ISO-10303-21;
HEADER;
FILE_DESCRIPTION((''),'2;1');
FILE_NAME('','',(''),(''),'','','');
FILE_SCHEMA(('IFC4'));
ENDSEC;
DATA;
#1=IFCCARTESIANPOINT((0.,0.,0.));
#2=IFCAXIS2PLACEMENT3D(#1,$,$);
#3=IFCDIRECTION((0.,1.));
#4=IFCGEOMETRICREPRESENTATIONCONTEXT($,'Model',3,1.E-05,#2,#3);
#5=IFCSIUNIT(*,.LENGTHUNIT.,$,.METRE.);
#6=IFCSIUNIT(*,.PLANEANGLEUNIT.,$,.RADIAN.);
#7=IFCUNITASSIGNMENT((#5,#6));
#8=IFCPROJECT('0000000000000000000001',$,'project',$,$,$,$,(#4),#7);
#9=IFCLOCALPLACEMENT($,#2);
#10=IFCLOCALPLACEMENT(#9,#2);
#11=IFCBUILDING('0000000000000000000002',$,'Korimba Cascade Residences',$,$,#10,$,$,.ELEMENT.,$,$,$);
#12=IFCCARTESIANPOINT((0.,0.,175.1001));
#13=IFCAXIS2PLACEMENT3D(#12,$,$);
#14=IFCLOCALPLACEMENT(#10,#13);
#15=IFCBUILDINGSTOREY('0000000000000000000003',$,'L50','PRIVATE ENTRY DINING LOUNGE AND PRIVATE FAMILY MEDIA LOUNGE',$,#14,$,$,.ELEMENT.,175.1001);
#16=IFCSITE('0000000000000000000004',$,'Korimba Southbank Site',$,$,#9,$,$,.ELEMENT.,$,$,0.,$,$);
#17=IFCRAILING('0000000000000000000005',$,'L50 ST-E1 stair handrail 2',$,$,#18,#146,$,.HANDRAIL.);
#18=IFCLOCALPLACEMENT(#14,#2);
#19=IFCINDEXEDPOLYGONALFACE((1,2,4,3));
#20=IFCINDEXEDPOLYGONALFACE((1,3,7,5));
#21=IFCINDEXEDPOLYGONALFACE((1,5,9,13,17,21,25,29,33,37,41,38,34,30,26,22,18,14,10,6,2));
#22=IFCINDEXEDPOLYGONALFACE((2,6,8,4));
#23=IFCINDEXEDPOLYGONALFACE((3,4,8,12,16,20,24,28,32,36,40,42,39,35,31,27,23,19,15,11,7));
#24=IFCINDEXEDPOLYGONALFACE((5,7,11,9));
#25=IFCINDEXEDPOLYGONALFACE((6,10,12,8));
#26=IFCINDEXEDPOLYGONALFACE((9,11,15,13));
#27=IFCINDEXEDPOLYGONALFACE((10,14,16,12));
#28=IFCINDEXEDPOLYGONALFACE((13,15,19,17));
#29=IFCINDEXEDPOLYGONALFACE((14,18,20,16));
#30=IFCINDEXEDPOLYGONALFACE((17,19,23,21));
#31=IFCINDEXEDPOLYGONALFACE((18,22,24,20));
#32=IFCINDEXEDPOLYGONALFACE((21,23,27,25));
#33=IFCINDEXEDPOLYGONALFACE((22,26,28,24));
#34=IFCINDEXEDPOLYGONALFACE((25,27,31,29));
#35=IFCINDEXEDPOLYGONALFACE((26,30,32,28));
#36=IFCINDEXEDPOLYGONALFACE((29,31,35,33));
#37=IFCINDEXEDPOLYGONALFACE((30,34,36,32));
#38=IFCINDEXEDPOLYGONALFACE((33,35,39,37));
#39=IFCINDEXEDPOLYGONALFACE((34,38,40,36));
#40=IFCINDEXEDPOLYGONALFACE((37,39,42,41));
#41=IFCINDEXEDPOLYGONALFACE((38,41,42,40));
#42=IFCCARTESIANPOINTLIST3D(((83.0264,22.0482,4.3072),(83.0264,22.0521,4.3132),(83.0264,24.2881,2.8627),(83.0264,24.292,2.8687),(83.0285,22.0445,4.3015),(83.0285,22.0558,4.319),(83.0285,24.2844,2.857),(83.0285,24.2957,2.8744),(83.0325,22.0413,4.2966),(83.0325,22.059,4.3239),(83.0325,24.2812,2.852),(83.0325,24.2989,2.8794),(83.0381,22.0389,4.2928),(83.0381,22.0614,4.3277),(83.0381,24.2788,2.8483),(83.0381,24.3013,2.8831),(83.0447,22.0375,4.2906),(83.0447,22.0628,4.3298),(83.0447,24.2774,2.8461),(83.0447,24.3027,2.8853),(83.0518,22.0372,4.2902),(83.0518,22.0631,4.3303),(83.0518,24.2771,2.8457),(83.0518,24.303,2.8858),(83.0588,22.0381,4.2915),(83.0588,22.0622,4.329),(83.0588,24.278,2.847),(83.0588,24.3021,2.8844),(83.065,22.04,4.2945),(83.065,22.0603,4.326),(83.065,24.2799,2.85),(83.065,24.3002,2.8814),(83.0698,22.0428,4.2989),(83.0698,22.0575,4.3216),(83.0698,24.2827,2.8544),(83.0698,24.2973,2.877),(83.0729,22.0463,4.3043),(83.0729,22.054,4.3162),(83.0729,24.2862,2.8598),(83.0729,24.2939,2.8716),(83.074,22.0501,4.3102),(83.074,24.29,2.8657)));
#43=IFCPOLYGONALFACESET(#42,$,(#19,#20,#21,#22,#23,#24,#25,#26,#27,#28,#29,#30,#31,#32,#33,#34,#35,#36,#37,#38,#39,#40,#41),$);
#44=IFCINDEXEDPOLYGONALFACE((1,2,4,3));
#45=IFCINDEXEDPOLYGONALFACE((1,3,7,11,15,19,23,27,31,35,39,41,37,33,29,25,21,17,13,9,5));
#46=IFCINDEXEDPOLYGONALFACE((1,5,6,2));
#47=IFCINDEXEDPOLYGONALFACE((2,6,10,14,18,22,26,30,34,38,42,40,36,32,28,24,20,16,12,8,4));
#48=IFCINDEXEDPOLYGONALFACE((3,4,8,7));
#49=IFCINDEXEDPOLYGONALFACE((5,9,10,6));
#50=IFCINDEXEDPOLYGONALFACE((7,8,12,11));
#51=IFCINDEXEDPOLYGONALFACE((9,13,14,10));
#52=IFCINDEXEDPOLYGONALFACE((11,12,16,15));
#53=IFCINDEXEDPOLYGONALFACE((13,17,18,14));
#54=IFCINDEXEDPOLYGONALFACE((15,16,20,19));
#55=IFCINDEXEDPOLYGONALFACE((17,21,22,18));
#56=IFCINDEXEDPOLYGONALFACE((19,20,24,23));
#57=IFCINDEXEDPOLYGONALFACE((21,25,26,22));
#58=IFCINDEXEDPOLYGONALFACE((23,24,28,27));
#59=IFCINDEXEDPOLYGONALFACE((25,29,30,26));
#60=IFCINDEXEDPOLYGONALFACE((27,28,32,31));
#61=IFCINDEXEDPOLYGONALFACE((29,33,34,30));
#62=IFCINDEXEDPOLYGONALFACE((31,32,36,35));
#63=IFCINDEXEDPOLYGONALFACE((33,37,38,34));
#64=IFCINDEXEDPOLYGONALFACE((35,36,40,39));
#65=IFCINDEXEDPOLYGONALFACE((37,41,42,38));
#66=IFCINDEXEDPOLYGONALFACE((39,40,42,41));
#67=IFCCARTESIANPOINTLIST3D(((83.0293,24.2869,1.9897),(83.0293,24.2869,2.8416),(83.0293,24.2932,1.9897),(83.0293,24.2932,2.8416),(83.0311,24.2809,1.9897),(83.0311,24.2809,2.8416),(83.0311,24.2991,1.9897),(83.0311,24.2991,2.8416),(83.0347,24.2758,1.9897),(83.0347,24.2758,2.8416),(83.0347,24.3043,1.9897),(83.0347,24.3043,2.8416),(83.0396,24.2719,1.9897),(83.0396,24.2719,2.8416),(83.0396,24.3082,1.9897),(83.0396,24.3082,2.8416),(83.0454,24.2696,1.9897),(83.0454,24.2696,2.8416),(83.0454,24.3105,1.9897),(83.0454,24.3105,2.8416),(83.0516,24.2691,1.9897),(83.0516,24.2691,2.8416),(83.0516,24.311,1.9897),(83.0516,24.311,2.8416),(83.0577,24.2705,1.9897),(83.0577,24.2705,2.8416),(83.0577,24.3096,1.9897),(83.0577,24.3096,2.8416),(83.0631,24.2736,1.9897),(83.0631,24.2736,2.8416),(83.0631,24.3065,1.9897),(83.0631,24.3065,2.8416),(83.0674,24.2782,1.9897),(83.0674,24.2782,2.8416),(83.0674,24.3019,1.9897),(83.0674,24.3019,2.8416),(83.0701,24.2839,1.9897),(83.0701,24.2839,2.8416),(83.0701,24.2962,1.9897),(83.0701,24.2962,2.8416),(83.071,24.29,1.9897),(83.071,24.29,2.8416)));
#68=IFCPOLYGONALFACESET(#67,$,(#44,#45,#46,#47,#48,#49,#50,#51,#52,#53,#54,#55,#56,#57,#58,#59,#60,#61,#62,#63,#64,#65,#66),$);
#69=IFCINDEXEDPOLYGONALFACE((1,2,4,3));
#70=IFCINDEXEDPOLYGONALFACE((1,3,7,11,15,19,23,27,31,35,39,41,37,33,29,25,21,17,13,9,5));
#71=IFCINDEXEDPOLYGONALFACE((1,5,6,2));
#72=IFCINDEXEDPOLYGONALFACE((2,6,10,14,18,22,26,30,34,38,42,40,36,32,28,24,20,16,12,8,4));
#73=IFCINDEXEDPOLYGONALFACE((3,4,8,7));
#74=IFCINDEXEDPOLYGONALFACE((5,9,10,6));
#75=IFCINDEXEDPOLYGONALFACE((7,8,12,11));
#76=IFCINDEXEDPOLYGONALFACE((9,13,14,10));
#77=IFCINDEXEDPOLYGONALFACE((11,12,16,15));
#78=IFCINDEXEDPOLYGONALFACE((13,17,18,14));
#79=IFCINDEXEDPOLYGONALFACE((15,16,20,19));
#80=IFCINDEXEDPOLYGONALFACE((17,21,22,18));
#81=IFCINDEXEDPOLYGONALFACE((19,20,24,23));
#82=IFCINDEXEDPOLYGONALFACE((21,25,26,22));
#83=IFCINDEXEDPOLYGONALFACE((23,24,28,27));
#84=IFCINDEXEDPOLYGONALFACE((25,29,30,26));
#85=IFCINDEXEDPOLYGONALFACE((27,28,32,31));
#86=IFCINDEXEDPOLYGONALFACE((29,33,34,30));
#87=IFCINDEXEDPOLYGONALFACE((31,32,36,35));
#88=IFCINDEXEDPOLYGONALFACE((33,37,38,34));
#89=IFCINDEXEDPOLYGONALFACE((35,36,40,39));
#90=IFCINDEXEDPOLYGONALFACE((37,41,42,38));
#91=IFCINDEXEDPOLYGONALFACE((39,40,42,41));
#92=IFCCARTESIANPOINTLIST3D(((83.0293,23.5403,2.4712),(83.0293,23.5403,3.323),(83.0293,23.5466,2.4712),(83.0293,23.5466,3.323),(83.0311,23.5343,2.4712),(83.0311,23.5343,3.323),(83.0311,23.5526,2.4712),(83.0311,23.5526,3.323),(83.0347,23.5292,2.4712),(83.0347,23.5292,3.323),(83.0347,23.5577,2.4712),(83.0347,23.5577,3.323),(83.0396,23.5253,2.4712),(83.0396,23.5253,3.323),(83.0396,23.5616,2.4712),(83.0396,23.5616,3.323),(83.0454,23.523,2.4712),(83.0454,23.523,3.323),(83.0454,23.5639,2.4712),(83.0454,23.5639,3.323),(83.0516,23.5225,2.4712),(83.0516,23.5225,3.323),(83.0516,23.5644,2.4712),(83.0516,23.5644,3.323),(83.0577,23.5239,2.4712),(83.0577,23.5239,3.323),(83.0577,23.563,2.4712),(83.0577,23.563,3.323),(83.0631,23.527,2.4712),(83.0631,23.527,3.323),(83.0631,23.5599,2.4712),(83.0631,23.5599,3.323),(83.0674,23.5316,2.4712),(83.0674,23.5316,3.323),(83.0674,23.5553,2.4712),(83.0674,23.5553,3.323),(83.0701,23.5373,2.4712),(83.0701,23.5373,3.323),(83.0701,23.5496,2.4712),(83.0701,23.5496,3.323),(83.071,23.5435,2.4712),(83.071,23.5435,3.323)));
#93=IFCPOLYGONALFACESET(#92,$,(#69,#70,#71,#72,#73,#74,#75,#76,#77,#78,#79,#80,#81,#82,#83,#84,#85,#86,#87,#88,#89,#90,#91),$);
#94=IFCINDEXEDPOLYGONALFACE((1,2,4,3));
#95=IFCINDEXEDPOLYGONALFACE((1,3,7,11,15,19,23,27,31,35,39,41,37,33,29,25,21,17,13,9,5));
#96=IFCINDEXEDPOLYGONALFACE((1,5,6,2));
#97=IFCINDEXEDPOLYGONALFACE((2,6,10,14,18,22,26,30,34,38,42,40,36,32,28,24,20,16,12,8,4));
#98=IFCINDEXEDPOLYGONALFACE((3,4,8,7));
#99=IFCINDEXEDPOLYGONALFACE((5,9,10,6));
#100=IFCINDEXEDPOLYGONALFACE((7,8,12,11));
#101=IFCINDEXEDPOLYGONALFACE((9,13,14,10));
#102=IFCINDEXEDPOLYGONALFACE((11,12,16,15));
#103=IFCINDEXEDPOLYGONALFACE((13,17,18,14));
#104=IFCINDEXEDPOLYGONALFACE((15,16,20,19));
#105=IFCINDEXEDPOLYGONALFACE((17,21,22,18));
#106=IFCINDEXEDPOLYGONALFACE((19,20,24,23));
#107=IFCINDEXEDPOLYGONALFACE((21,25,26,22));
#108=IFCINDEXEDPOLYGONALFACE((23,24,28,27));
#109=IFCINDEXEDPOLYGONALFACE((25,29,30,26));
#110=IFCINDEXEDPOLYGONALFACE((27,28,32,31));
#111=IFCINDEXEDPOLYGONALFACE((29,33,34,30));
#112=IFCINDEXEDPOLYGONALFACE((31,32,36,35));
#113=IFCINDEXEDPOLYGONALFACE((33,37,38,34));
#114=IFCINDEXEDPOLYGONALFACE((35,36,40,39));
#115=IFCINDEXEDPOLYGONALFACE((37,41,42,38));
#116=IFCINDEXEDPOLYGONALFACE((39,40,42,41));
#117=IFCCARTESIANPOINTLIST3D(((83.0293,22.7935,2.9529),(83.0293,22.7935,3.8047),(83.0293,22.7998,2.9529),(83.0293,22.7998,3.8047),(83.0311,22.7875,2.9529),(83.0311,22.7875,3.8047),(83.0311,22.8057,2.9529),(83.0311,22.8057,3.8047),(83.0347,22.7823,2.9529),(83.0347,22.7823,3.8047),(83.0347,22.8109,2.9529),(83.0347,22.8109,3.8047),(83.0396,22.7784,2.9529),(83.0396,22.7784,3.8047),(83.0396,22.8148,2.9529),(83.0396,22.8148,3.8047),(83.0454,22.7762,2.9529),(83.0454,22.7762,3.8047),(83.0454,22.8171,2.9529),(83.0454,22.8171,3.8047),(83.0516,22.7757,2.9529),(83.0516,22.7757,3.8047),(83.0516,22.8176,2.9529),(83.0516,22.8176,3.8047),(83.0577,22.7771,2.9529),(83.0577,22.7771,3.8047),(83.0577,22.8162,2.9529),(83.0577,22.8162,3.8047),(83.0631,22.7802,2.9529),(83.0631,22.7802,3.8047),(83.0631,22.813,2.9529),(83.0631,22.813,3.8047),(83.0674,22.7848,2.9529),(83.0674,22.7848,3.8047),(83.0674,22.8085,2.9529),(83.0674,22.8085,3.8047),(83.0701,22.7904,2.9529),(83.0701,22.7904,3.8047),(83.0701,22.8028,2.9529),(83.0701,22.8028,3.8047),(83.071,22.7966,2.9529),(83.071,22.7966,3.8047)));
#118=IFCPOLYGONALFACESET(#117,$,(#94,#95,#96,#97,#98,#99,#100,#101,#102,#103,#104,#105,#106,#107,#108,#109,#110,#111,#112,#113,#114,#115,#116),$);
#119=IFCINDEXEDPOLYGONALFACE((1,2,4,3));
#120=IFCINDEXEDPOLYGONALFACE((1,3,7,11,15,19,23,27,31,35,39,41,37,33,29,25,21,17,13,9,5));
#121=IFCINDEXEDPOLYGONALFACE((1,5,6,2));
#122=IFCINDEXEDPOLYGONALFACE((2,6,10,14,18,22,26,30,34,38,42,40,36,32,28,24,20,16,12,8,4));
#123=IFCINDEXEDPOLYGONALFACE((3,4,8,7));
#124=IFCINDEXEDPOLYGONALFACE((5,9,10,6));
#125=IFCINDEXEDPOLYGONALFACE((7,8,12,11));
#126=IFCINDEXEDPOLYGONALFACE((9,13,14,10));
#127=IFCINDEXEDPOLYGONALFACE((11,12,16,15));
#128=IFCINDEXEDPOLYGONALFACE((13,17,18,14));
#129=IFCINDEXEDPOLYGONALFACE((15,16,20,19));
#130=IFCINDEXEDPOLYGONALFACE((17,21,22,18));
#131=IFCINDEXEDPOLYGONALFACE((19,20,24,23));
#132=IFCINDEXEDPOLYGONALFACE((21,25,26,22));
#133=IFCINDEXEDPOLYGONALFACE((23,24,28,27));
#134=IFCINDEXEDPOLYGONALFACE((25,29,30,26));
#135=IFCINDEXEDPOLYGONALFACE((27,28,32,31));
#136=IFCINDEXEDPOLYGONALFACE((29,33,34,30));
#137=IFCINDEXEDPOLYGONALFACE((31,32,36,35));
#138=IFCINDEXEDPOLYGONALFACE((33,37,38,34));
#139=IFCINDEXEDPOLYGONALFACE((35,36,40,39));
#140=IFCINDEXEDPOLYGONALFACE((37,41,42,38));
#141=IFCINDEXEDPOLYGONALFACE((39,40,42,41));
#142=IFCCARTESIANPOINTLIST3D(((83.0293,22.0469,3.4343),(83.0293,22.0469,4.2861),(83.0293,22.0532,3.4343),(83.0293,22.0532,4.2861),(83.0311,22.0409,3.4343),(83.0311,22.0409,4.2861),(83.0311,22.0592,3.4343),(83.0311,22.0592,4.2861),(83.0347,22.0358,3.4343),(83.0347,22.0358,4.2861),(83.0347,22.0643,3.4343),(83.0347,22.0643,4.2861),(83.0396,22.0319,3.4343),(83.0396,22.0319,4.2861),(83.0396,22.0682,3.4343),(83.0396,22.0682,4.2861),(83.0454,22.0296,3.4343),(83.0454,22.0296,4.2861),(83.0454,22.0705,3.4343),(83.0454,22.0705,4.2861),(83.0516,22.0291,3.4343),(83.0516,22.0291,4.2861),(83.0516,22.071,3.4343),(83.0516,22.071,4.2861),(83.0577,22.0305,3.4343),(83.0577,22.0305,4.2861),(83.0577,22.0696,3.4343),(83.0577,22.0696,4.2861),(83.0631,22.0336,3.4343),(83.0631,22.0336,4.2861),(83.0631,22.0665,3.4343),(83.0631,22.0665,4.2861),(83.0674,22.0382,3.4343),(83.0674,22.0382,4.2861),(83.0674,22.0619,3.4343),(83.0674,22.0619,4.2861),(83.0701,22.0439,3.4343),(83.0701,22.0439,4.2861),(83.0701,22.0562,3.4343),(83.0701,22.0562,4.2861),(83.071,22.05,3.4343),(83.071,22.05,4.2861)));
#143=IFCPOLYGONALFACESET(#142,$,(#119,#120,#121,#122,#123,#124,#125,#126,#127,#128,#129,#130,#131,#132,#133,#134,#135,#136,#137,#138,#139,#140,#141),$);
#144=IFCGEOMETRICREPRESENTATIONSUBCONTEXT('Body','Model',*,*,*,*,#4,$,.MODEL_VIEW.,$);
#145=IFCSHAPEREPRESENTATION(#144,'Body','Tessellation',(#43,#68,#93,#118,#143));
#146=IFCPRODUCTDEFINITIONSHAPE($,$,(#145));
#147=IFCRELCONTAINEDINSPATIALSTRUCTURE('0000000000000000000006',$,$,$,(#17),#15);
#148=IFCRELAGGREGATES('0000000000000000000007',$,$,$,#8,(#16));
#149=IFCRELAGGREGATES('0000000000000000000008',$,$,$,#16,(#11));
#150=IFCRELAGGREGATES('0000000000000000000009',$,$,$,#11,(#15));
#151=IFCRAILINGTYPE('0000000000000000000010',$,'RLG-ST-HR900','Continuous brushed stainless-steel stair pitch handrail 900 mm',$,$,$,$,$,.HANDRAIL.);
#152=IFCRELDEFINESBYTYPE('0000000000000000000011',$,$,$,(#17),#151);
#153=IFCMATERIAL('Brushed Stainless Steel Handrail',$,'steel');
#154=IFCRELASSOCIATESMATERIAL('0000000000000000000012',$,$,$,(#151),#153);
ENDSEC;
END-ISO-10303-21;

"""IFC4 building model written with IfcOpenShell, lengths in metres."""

from ifc_helpers import new_model, si_unit, direction, frame, origin, origin_2d, place, context, subcontext, project, spatial, circle, extrude, material, type_object, element, save


model = new_model("IFC4")

# Units and contexts
model_context = context("Model", 3, precision=1e-05, world=origin(), true_north=direction((0.0, 1.0)))
body_context = subcontext(model_context, "Body", "Model", "MODEL_VIEW")
ifc_project = project(units=[si_unit("LENGTHUNIT", "METRE"), si_unit("PLANEANGLEUNIT", "RADIAN")], contexts=[model_context])

# Site, building, storey
site_placement = place(None, origin())
site = spatial("IfcSite", under=ifc_project, at=site_placement, Name="Korimba Southbank Site", CompositionType="ELEMENT", RefElevation=0.0)
building_placement = place(site_placement, origin())
building = spatial("IfcBuilding", under=site, at=building_placement, Name="Korimba Cascade Residences", CompositionType="ELEMENT")
storey_placement = place(building_placement, frame((0.0, 0.0, 175.1001)))
storey = spatial("IfcBuildingStorey", under=building, at=storey_placement, Name="L50", Description="PRIVATE ENTRY DINING LOUNGE AND PRIVATE FAMILY MEDIA LOUNGE", CompositionType="ELEMENT", Elevation=175.1001)

# Railing
ifc_material_1 = material(Name="Brushed Stainless Steel Handrail", Category="steel")
railing_type_1 = type_object("IfcRailingType", Name="RLG-ST-HR900", Description="Continuous brushed stainless-steel stair pitch handrail 900 mm", PredefinedType="HANDRAIL", material=ifc_material_1)
railing_1_placement = place(storey_placement, frame((83.05, 24.29, 1.9897)))
element("IfcRailing", 1, at=railing_1_placement, inside=storey, type_object=railing_type_1, Name="L50 ST-E1 stair handrail 2", PredefinedType="HANDRAIL", context=body_context, shape_type="SweptSolid", body=[
    extrude(circle(Radius=0.0239, at=origin_2d()), frame((0.0, 0.0, 0.876), z_axis=(0.0, -0.840395, 0.541975), x_axis=(1.0, 0.0, 0.0)), (0.0, 0.0, 1.0), 2.6653),
    extrude(circle(Radius=0.021, at=origin_2d()), origin(), (0.0, 0.0, 1.0), 0.8518),
    extrude(circle(Radius=0.021, at=origin_2d()), frame((0.0, -0.7466, 0.4814)), (0.0, 0.0, 1.0), 0.8518),
    extrude(circle(Radius=0.021, at=origin_2d()), frame((0.0, -1.4934, 0.9631)), (0.0, 0.0, 1.0), 0.8518),
    extrude(circle(Radius=0.021, at=origin_2d()), frame((0.0, -2.24, 1.4446)), (0.0, 0.0, 1.0), 0.8518),
])

save(model, "model.ifc")
